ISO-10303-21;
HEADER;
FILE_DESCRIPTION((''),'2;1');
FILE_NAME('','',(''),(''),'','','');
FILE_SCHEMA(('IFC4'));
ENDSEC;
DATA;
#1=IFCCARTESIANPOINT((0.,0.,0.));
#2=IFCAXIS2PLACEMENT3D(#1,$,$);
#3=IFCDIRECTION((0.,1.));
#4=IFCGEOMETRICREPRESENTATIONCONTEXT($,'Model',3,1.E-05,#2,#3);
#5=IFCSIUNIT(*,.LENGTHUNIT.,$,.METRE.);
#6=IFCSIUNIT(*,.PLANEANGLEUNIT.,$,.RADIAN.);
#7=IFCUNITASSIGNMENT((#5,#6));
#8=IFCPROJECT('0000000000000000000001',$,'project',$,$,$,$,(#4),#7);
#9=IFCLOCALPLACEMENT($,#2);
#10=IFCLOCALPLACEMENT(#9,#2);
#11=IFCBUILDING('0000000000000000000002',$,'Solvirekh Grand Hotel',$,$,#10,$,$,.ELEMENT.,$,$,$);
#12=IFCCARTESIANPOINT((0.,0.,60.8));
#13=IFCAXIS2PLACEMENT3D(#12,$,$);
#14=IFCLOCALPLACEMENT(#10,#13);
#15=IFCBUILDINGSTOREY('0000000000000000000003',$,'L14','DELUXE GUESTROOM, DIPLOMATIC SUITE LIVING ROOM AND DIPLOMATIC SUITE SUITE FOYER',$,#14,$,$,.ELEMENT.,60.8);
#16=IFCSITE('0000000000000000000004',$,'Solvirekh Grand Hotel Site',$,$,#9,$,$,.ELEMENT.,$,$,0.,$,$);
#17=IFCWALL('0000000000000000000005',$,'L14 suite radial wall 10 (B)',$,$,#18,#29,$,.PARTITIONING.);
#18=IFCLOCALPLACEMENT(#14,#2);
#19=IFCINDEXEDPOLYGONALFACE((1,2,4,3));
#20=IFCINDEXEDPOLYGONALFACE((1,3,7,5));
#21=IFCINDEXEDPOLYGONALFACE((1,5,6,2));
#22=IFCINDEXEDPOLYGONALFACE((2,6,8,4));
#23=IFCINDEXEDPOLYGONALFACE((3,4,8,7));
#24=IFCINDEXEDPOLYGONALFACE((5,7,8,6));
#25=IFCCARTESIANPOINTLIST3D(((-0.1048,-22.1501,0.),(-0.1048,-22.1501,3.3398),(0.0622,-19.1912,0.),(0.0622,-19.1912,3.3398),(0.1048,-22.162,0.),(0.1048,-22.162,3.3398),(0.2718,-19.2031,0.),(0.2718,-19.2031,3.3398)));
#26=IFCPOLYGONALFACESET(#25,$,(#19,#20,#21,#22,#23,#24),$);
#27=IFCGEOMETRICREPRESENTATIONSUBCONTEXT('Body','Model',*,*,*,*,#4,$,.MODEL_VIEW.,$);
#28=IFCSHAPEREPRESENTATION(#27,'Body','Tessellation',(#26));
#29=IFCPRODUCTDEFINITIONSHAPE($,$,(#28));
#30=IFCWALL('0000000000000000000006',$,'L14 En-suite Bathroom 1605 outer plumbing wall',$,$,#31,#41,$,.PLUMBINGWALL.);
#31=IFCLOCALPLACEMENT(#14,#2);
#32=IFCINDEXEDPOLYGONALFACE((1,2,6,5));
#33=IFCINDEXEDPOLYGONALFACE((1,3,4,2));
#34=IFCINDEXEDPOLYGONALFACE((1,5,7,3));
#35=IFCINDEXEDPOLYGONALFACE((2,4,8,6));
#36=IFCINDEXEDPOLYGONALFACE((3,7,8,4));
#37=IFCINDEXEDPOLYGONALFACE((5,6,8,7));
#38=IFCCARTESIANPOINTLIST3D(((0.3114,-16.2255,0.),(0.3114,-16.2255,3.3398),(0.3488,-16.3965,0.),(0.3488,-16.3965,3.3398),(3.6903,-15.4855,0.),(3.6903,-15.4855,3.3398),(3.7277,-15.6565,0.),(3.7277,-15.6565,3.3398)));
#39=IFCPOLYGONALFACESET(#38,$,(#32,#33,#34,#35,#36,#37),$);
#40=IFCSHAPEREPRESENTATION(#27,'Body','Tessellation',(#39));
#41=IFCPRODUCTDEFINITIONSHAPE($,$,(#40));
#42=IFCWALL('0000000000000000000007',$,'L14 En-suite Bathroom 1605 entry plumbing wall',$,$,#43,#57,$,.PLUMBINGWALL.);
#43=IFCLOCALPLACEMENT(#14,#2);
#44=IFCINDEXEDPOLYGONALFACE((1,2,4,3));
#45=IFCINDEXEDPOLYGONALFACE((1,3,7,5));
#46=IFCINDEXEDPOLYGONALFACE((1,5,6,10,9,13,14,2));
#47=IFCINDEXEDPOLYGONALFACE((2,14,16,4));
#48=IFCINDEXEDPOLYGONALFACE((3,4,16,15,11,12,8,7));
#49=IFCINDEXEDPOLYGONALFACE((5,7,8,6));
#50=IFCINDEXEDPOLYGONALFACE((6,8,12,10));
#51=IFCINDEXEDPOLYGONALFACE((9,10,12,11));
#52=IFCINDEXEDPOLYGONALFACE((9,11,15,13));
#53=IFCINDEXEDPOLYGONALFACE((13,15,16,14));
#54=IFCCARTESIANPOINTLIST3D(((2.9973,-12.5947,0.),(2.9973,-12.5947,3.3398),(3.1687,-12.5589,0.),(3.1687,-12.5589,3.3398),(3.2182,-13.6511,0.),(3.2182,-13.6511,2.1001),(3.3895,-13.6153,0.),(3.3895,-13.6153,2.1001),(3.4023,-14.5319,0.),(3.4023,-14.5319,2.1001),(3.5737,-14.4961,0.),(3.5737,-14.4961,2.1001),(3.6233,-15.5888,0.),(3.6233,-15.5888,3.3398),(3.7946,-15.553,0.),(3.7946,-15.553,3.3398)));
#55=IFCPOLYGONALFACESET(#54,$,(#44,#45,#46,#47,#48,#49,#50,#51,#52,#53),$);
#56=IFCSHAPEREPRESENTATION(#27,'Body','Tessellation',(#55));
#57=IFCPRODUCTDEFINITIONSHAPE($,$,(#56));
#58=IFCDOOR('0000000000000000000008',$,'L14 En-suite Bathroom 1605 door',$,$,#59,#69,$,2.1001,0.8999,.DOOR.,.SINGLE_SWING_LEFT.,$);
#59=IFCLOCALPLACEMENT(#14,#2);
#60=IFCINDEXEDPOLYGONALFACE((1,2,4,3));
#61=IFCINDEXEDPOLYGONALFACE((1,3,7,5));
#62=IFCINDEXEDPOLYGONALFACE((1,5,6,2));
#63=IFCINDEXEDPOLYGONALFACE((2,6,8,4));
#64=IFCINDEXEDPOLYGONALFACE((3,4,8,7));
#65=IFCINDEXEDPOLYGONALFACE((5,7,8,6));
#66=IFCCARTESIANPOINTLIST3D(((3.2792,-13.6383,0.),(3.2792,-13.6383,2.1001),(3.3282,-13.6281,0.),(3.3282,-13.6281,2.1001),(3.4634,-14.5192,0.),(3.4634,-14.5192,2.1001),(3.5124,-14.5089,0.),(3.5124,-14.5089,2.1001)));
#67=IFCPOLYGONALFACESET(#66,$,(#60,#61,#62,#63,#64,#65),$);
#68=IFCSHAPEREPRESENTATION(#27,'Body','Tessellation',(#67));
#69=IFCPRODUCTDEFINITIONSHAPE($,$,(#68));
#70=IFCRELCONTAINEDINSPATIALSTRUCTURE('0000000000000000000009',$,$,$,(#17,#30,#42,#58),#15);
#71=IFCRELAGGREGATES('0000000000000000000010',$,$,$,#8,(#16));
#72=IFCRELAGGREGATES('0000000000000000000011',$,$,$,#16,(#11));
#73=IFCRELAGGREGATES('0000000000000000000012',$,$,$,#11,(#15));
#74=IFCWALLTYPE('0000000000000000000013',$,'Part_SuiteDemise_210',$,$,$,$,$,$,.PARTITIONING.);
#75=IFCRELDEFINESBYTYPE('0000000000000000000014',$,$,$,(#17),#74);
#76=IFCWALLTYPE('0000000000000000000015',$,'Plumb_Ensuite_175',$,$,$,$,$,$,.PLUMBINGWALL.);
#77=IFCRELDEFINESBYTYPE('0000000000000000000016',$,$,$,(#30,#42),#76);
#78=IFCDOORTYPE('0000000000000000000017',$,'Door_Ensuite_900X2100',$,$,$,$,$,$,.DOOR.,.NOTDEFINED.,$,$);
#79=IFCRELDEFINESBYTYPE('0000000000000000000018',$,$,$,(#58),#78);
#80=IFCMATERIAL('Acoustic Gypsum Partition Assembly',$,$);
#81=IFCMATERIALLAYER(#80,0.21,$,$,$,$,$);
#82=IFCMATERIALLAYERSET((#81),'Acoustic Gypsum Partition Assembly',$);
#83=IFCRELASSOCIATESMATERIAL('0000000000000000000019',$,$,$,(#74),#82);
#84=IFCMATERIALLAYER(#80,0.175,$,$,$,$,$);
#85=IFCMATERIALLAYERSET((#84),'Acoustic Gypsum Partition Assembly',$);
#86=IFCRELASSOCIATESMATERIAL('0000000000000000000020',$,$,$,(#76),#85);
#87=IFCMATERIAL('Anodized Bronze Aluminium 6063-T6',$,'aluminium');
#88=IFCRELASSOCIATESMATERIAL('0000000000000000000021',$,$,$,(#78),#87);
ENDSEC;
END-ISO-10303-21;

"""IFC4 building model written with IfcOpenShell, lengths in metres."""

from ifc_helpers import new_model, si_unit, direction, frame, frame_2d, origin, place, context, subcontext, project, spatial, rectangle, extrude, material, layer, layer_set, type_object, element, fill, save


model = new_model("IFC4")

# Units and contexts
model_context = context("Model", 3, precision=1e-05, world=origin(), true_north=direction((0.0, 1.0)))
body_context = subcontext(model_context, "Body", "Model", "MODEL_VIEW")
ifc_project = project(units=[si_unit("LENGTHUNIT", "METRE"), si_unit("PLANEANGLEUNIT", "RADIAN")], contexts=[model_context])

# Site, building, storey
site_placement = place(None, origin())
site = spatial("IfcSite", under=ifc_project, at=site_placement, Name="Solvirekh Grand Hotel Site", CompositionType="ELEMENT", RefElevation=0.0)
building_placement = place(site_placement, origin())
building = spatial("IfcBuilding", under=site, at=building_placement, Name="Solvirekh Grand Hotel", CompositionType="ELEMENT")
storey_placement = place(building_placement, frame((0.0, 0.0, 60.8)))
storey = spatial("IfcBuildingStorey", under=building, at=storey_placement, Name="L14", Description="DELUXE GUESTROOM, DIPLOMATIC SUITE LIVING ROOM AND DIPLOMATIC SUITE SUITE FOYER", CompositionType="ELEMENT", Elevation=60.8)

# Shared definitions
ifc_material_1 = material(Name="Acoustic Gypsum Partition Assembly")

# Walls
ifc_layer_1 = layer(ifc_material_1, 0.21)
ifc_layer_set_1 = layer_set([ifc_layer_1], Name="Acoustic Gypsum Partition Assembly")
wall_type_1 = type_object("IfcWallType", Name="Part_SuiteDemise_210", PredefinedType="PARTITIONING", material=ifc_layer_set_1)
wall_1_placement = place(storey_placement, frame((0.167, -19.197, 0.0), z_axis=(0.0, 0.0, 1.0), x_axis=(-0.056346, -0.998411, 0.0)))
element("IfcWall", 1, at=wall_1_placement, inside=storey, type_object=wall_type_1, Name="L14 suite radial wall 10 (B)", PredefinedType="PARTITIONING", context=body_context, shape_type="SweptSolid", body=[
    extrude(rectangle(XDim=2.9636, YDim=0.21, at=frame_2d((1.4819, 0.0))), origin(), (0.0, 0.0, 1.0), 3.3398),
])
ifc_layer_2 = layer(ifc_material_1, 0.175)
ifc_layer_set_2 = layer_set([ifc_layer_2], Name="Acoustic Gypsum Partition Assembly")
wall_type_2 = type_object("IfcWallType", Name="Plumb_Ensuite_175", PredefinedType="PLUMBINGWALL", material=ifc_layer_set_2)
wall_2_placement = place(storey_placement, frame((0.3301, -16.311, 0.0), z_axis=(0.0, 0.0, 1.0), x_axis=(0.976848, 0.213933, 0.0)))
element("IfcWall", 2, at=wall_2_placement, inside=storey, type_object=wall_type_2, Name="L14 En-suite Bathroom 1605 outer plumbing wall", PredefinedType="PLUMBINGWALL", context=body_context, shape_type="SweptSolid", body=[
    extrude(rectangle(XDim=3.459, YDim=0.175, at=frame_2d((1.7295, 0.0))), origin(), (0.0, 0.0, 1.0), 3.3398),
])

# Wall, opening, door
wall_3_placement = place(storey_placement, frame((3.083, -12.5769, 0.0), z_axis=(0.0, 0.0, 1.0), x_axis=(0.204643, -0.978837, 0.0)))
wall_3 = element("IfcWall", 3, at=wall_3_placement, inside=storey, type_object=wall_type_2, Name="L14 En-suite Bathroom 1605 entry plumbing wall", PredefinedType="PLUMBINGWALL", context=body_context, shape_type="SweptSolid", body=[
    extrude(rectangle(XDim=3.0588, YDim=0.175, at=frame_2d((1.5293, 0.0))), origin(), (0.0, 0.0, 1.0), 3.3398),
])
opening_1_placement = place(wall_3_placement, frame((1.0791, 0.0, 0.0)))
opening_1 = element("IfcOpeningElement", 4, at=opening_1_placement, cuts=wall_3, PredefinedType="OPENING", context=body_context, shape_type="SweptSolid", body=[
    extrude(rectangle(XDim=0.8999, YDim=2.1001, at=frame_2d((0.45, 1.05))), frame((0.0, 0.0977, 0.0), z_axis=(0.0, -1.0, 0.0), x_axis=(1.0, 0.0, 0.0)), (0.0, 0.0, 1.0), 0.1951),
])
ifc_material_2 = material(Name="Anodized Bronze Aluminium 6063-T6", Category="aluminium")
door_type_1 = type_object("IfcDoorType", Name="Door_Ensuite_900X2100", OperationType="NOTDEFINED", PredefinedType="DOOR", material=ifc_material_2)
door_1_placement = place(opening_1_placement, origin())
door_1 = element("IfcDoor", 5, at=door_1_placement, inside=storey, type_object=door_type_1, Name="L14 En-suite Bathroom 1605 door", OperationType="SINGLE_SWING_LEFT", OverallHeight=2.1001, OverallWidth=0.8999, PredefinedType="DOOR", context=body_context, shape_type="SweptSolid", body=[
    extrude(rectangle(XDim=0.8999, YDim=2.1001, at=frame_2d((0.45, 1.05))), frame((0.0, 0.0249, 0.0), z_axis=(0.0, -1.0, 0.0), x_axis=(1.0, 0.0, 0.0)), (0.0, 0.0, 1.0), 0.05),
])
fill(opening_1, door_1)

save(model, "model.ifc")
